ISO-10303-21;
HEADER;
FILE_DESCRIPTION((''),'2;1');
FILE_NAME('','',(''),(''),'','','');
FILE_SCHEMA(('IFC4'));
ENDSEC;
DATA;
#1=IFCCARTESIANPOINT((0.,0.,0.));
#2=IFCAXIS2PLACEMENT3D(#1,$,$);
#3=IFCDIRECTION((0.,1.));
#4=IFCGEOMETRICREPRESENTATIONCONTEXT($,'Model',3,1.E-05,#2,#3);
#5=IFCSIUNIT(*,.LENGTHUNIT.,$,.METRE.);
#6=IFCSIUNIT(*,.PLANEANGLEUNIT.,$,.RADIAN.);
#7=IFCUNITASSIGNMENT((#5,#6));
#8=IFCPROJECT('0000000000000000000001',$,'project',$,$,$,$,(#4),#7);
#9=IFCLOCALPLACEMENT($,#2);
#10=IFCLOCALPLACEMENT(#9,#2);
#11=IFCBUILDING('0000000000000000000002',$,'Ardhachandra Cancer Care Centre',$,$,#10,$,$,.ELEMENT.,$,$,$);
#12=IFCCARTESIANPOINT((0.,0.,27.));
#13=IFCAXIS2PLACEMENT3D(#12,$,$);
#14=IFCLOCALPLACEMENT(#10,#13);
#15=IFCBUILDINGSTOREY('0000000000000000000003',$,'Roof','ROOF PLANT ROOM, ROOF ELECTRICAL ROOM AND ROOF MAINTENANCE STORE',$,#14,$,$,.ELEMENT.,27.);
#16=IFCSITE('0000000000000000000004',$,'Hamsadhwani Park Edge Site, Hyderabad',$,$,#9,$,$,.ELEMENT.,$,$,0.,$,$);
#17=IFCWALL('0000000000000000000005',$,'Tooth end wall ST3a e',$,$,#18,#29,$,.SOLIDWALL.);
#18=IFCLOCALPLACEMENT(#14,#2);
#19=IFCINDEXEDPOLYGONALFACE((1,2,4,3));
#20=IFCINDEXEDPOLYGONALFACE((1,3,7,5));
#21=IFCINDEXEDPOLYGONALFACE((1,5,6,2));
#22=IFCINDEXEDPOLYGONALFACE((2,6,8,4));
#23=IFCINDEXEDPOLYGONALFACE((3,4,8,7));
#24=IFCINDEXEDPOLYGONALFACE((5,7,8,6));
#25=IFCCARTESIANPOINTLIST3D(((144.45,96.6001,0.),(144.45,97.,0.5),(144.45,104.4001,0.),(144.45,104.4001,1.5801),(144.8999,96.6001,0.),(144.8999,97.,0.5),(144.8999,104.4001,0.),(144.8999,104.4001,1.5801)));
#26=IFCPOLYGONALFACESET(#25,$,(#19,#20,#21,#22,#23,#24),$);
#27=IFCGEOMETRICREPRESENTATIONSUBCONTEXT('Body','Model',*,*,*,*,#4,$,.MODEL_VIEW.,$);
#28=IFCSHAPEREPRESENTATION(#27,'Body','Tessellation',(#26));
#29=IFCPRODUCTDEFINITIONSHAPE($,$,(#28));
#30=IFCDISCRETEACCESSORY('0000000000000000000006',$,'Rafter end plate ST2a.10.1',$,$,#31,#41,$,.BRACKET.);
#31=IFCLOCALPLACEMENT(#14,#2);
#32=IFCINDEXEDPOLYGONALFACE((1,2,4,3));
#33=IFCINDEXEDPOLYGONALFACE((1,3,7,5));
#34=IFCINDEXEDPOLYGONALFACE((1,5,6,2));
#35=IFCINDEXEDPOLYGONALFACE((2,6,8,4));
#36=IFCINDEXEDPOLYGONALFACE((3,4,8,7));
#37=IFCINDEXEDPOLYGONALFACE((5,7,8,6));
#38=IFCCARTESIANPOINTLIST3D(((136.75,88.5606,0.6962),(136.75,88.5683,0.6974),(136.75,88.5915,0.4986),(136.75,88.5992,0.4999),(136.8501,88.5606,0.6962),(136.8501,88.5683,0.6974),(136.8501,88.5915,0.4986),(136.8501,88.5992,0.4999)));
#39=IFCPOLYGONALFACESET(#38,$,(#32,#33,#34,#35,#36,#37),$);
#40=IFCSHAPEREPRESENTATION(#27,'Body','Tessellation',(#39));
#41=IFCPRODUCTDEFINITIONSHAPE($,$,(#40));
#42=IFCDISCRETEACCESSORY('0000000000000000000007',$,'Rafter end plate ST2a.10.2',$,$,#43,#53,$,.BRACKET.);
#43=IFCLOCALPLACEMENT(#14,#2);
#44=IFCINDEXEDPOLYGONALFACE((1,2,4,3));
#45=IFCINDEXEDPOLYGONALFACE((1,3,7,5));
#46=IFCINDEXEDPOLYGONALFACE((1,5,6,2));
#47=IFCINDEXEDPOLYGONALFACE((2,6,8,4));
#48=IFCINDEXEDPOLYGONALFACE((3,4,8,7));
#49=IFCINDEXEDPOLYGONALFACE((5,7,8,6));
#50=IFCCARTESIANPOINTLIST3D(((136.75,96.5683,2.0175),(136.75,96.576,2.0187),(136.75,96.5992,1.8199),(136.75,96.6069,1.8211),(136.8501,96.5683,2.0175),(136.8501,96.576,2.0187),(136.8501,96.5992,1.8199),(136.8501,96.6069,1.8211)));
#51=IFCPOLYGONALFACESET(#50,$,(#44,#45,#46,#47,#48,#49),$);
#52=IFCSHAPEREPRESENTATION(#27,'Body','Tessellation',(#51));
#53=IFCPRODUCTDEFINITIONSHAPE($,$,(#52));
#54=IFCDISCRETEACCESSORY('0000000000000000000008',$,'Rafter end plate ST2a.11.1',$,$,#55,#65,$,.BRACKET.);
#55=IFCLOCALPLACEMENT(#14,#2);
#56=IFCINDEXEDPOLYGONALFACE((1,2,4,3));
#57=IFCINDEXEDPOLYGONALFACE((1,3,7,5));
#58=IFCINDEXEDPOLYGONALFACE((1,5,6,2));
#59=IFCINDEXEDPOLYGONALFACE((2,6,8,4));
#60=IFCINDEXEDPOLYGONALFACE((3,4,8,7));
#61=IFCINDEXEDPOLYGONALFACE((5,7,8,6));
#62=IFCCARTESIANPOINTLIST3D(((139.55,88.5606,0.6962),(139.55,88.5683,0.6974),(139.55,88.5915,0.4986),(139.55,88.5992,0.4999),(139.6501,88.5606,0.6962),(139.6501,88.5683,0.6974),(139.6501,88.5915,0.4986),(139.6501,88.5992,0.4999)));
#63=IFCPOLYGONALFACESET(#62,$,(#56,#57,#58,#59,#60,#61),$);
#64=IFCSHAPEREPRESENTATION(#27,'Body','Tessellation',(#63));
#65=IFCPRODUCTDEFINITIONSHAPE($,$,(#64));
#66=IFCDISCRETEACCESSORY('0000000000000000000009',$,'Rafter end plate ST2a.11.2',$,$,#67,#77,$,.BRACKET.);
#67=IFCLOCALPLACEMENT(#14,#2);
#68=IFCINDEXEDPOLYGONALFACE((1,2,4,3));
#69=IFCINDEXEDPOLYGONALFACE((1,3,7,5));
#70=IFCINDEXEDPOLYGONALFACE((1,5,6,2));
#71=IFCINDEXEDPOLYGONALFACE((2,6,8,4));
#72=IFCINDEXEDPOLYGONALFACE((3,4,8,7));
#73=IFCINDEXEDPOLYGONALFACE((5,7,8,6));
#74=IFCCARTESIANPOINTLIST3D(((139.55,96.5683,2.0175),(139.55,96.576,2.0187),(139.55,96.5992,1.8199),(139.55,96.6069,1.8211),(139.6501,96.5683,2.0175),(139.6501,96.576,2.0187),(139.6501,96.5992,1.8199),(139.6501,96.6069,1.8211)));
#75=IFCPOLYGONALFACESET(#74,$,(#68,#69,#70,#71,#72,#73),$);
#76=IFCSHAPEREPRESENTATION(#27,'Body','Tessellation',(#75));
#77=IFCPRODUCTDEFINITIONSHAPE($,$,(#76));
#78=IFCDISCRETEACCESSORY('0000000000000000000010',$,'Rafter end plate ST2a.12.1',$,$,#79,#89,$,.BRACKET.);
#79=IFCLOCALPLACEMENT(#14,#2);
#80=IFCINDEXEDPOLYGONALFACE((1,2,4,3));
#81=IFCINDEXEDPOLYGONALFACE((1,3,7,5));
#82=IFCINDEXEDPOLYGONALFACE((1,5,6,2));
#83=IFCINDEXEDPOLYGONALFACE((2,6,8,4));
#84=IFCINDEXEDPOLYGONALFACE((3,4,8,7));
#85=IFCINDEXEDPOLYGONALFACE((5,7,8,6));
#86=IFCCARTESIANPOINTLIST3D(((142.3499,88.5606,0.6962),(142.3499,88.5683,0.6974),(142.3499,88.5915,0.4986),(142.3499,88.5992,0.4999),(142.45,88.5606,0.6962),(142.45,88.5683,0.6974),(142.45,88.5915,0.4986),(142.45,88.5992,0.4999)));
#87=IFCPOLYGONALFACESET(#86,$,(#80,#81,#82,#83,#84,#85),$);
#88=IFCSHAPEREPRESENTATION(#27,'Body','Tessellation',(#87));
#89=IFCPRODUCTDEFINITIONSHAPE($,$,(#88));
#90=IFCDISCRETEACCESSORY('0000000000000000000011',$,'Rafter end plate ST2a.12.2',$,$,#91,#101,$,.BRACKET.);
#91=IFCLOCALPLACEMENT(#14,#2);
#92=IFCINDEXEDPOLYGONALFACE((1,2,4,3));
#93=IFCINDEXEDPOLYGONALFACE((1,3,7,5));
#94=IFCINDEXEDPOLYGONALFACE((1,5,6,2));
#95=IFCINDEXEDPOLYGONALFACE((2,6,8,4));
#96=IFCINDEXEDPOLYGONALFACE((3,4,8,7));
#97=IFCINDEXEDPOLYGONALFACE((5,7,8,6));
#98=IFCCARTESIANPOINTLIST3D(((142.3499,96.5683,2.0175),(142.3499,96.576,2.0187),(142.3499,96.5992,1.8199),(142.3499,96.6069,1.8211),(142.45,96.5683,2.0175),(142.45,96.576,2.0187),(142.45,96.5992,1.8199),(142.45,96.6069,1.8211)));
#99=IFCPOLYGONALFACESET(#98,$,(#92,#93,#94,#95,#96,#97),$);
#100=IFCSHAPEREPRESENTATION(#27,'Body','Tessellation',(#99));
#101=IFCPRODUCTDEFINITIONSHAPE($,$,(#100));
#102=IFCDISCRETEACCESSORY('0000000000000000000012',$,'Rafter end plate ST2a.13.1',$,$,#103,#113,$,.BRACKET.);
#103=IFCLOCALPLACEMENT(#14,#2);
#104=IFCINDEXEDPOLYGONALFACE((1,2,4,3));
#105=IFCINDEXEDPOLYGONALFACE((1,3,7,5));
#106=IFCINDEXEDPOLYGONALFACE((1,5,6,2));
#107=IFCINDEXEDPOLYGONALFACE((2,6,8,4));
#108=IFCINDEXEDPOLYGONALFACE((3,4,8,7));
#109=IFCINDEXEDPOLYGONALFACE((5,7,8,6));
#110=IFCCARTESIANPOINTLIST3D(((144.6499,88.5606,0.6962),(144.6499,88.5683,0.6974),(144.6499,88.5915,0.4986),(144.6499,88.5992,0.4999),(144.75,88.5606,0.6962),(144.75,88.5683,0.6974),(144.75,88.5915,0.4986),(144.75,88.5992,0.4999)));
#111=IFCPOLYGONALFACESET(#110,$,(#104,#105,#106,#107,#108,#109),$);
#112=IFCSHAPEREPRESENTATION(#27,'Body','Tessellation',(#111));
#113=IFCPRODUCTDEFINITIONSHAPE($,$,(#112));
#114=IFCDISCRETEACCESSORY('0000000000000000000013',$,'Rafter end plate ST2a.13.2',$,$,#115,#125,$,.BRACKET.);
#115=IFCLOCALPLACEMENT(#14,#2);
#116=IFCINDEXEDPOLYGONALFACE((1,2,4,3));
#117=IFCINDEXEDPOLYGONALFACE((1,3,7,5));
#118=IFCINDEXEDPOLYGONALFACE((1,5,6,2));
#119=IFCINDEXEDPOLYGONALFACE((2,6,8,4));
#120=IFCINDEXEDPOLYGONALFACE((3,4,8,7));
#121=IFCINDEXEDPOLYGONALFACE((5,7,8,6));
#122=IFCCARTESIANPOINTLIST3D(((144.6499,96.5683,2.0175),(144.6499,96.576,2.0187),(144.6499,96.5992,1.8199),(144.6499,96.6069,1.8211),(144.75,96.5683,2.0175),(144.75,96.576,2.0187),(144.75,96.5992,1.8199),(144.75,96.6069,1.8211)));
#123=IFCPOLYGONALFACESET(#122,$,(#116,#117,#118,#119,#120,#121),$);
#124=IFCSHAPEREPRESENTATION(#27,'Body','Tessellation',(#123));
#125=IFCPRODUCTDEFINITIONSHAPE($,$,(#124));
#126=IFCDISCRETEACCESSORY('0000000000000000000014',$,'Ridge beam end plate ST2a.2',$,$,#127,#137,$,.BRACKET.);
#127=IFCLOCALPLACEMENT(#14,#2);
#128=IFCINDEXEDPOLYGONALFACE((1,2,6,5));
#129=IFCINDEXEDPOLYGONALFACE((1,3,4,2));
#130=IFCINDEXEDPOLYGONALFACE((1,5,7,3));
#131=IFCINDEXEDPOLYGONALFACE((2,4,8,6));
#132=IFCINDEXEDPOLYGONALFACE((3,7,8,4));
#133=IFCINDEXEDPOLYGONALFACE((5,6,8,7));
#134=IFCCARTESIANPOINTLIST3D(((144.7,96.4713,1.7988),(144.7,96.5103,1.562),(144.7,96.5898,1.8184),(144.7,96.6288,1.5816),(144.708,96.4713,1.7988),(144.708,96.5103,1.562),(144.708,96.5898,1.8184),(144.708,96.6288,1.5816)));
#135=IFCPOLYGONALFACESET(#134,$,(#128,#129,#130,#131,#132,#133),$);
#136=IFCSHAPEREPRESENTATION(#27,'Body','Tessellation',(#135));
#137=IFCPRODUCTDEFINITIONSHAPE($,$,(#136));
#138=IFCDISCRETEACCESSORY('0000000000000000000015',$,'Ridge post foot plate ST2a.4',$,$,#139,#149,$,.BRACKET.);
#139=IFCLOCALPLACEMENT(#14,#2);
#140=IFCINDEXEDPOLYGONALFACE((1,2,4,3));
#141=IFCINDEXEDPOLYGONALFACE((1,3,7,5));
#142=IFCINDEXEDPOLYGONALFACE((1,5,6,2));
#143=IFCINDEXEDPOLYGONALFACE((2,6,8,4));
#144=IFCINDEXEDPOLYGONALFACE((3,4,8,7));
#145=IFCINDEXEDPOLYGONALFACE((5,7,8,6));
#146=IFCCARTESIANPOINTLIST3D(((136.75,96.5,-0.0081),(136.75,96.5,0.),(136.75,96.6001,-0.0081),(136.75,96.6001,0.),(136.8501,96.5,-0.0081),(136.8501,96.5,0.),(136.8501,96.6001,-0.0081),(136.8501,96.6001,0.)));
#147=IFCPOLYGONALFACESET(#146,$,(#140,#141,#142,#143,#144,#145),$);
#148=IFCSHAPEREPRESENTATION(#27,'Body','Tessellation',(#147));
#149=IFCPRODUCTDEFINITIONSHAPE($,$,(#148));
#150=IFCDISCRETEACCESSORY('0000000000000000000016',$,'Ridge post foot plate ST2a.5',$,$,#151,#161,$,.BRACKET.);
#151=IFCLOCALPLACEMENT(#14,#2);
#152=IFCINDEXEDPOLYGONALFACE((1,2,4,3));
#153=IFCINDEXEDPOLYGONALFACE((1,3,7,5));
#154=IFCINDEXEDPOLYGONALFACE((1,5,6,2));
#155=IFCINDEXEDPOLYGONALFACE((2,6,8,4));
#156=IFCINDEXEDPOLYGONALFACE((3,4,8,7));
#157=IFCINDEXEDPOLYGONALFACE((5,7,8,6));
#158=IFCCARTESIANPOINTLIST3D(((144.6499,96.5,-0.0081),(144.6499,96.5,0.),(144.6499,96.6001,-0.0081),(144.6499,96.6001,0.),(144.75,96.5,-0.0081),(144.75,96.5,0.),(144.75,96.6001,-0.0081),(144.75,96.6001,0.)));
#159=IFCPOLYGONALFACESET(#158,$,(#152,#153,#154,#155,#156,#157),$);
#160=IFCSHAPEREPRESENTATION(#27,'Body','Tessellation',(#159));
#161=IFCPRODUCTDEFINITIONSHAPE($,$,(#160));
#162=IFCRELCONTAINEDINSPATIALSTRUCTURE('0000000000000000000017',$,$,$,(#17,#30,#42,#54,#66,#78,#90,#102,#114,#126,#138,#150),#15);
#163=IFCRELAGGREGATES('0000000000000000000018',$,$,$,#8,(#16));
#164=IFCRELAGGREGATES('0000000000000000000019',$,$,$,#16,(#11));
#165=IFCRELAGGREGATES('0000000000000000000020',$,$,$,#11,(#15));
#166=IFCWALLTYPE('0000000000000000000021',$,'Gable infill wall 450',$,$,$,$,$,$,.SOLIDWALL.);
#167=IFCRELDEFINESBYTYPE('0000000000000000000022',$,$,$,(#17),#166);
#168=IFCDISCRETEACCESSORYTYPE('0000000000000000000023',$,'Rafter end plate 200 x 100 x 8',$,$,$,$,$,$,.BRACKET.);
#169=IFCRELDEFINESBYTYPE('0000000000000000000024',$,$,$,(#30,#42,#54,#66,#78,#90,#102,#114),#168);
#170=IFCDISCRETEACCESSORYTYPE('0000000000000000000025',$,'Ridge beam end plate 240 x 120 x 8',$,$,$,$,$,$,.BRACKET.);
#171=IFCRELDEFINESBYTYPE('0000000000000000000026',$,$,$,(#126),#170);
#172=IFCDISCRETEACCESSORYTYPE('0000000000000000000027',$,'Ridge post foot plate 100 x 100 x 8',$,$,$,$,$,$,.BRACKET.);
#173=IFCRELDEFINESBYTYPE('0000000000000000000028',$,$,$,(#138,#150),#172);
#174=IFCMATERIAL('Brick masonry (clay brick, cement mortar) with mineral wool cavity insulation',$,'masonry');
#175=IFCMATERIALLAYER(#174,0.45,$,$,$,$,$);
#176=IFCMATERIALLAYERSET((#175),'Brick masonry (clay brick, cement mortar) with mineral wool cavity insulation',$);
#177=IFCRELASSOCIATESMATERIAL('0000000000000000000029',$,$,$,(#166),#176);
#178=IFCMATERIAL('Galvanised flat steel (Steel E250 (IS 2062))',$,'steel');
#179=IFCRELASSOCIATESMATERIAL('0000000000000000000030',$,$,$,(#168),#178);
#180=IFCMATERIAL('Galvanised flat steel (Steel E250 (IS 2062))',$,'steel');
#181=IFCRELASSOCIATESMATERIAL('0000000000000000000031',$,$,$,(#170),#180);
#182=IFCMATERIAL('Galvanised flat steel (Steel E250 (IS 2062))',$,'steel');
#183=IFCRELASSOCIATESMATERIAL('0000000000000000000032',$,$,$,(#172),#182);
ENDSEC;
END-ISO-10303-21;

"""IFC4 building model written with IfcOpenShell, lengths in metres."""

from ifc_helpers import new_model, si_unit, direction, frame, origin, origin_2d, place, context, subcontext, project, spatial, polyline, rectangle, outline, extrude, material, layer, layer_set, material_profile, profile_set, type_object, element, save


model = new_model("IFC4")

# Units and contexts
model_context = context("Model", 3, precision=1e-05, world=origin(), true_north=direction((0.0, 1.0)))
body_context = subcontext(model_context, "Body", "Model", "MODEL_VIEW")
ifc_project = project(units=[si_unit("LENGTHUNIT", "METRE"), si_unit("PLANEANGLEUNIT", "RADIAN")], contexts=[model_context])

# Site, building, storey
site_placement = place(None, origin())
site = spatial("IfcSite", under=ifc_project, at=site_placement, Name="Hamsadhwani Park Edge Site, Hyderabad", CompositionType="ELEMENT", RefElevation=0.0)
building_placement = place(site_placement, origin())
building = spatial("IfcBuilding", under=site, at=building_placement, Name="Ardhachandra Cancer Care Centre", CompositionType="ELEMENT")
storey_placement = place(building_placement, frame((0.0, 0.0, 27.0)))
storey = spatial("IfcBuildingStorey", under=building, at=storey_placement, Name="Roof", Description="ROOF PLANT ROOM, ROOF ELECTRICAL ROOM AND ROOF MAINTENANCE STORE", CompositionType="ELEMENT", Elevation=27.0)

# Wall
ifc_material_1 = material(Name="Brick masonry (clay brick, cement mortar) with mineral wool cavity insulation", Category="masonry")
ifc_layer_1 = layer(ifc_material_1, 0.45)
ifc_layer_set_1 = layer_set([ifc_layer_1], Name="Brick masonry (clay brick, cement mortar) with mineral wool cavity insulation")
wall_type_1 = type_object("IfcWallType", Name="Gable infill wall 450", PredefinedType="SOLIDWALL", material=ifc_layer_set_1)
wall_1_placement = place(storey_placement, frame((144.675, 96.6001, 0.0), z_axis=(0.0, 0.0, 1.0), x_axis=(0.0, 1.0, 0.0)))
element("IfcWall", 1, at=wall_1_placement, inside=storey, type_object=wall_type_1, Name="Tooth end wall ST3a e", PredefinedType="SOLIDWALL", context=body_context, shape_type="SweptSolid", body=[
    extrude(outline(polyline([(0.0, 0.0), (7.8, 0.0), (7.8, 1.5801), (0.3999, 0.5), (0.0, 0.0)])), frame((0.0, 0.2251, 0.0), z_axis=(0.0, -1.0, 0.0), x_axis=(1.0, 0.0, 0.0)), (0.0, 0.0, 1.0), 0.45),
])

# Discrete accessories
ifc_material_2 = material(Name="Galvanised flat steel (Steel E250 (IS 2062))", Category="steel")
ifc_material_profile_1 = material_profile(ifc_material_2, rectangle(XDim=0.1001, YDim=0.2, at=origin_2d()), Name="Rafter end plate 200 x 100 x 8")
ifc_profile_set_1 = profile_set([ifc_material_profile_1], Name="Galvanised flat steel (Steel E250 (IS 2062))")
discrete_accessory_type_1 = type_object("IfcDiscreteAccessoryType", Name="Rafter end plate 200 x 100 x 8", PredefinedType="BRACKET", material=ifc_profile_set_1)
for number, where, z_axis, x_axis, name in (
    (2, (136.8, 88.5837, 0.5986), (0.0, -0.988012, -0.154377), (1.0, 0.0, 0.0), "Rafter end plate ST2a.10.1"),
    (3, (136.8, 96.5837, 1.9187), (0.0, 0.988012, 0.154377), (-1.0, 0.0, 0.0), "Rafter end plate ST2a.10.2"),
    (4, (139.6001, 88.5837, 0.5986), (0.0, -0.988012, -0.154377), (1.0, 0.0, 0.0), "Rafter end plate ST2a.11.1"),
    (5, (139.6001, 96.5837, 1.9187), (0.0, 0.988012, 0.154377), (-1.0, 0.0, 0.0), "Rafter end plate ST2a.11.2"),
    (6, (142.3999, 88.5837, 0.5986), (0.0, -0.988012, -0.154377), (1.0, 0.0, 0.0), "Rafter end plate ST2a.12.1"),
    (7, (142.3999, 96.5837, 1.9187), (0.0, 0.988012, 0.154377), (-1.0, 0.0, 0.0), "Rafter end plate ST2a.12.2"),
    (8, (144.7, 88.5837, 0.5986), (0.0, -0.988012, -0.154377), (1.0, 0.0, 0.0), "Rafter end plate ST2a.13.1"),
    (9, (144.7, 96.5837, 1.9187), (0.0, 0.988012, 0.154377), (-1.0, 0.0, 0.0), "Rafter end plate ST2a.13.2"),
):
    element("IfcDiscreteAccessory", number, at=place(storey_placement, frame(where, z_axis=z_axis, x_axis=x_axis)), inside=storey, type_object=discrete_accessory_type_1, Name=name, PredefinedType="BRACKET", context=body_context, shape_type="SweptSolid", body=[
        extrude(rectangle(XDim=0.1001, YDim=0.2, at=origin_2d()), origin(), (0.0, 0.0, 1.0), 0.0078),
    ])
ifc_material_3 = material(Name="Galvanised flat steel (Steel E250 (IS 2062))", Category="steel")
ifc_material_profile_2 = material_profile(ifc_material_3, rectangle(XDim=0.1201, YDim=0.24, at=origin_2d()), Name="Ridge beam end plate 240 x 120 x 8")
ifc_profile_set_2 = profile_set([ifc_material_profile_2], Name="Galvanised flat steel (Steel E250 (IS 2062))")
discrete_accessory_type_2 = type_object("IfcDiscreteAccessoryType", Name="Ridge beam end plate 240 x 120 x 8", PredefinedType="BRACKET", material=ifc_profile_set_2)
discrete_accessory_placement = place(storey_placement, frame((144.7, 96.55, 1.6902), z_axis=(1.0, 0.0, 0.0), x_axis=(0.0, 0.986659, 0.162799)))
element("IfcDiscreteAccessory", 10, at=discrete_accessory_placement, inside=storey, type_object=discrete_accessory_type_2, Name="Ridge beam end plate ST2a.2", PredefinedType="BRACKET", context=body_context, shape_type="SweptSolid", body=[
    extrude(rectangle(XDim=0.1201, YDim=0.24, at=origin_2d()), origin(), (0.0, 0.0, 1.0), 0.0081),
])
ifc_material_4 = material(Name="Galvanised flat steel (Steel E250 (IS 2062))", Category="steel")
ifc_material_profile_3 = material_profile(ifc_material_4, rectangle(XDim=0.1001, YDim=0.1001, at=origin_2d()), Name="Ridge post foot plate 100 x 100 x 8")
ifc_profile_set_3 = profile_set([ifc_material_profile_3], Name="Galvanised flat steel (Steel E250 (IS 2062))")
discrete_accessory_type_3 = type_object("IfcDiscreteAccessoryType", Name="Ridge post foot plate 100 x 100 x 8", PredefinedType="BRACKET", material=ifc_profile_set_3)
for number, where, z_axis, x_axis, name in (
    (11, (136.8, 96.55, 0.0), (0.0, 0.0, -1.0), (1.0, 0.0, 0.0), "Ridge post foot plate ST2a.4"),
    (12, (144.7, 96.55, 0.0), (0.0, 0.0, -1.0), (1.0, 0.0, 0.0), "Ridge post foot plate ST2a.5"),
):
    element("IfcDiscreteAccessory", number, at=place(storey_placement, frame(where, z_axis=z_axis, x_axis=x_axis)), inside=storey, type_object=discrete_accessory_type_3, Name=name, PredefinedType="BRACKET", context=body_context, shape_type="SweptSolid", body=[
        extrude(rectangle(XDim=0.1001, YDim=0.1001, at=origin_2d()), origin(), (0.0, 0.0, 1.0), 0.0081),
    ])

save(model, "model.ifc")
